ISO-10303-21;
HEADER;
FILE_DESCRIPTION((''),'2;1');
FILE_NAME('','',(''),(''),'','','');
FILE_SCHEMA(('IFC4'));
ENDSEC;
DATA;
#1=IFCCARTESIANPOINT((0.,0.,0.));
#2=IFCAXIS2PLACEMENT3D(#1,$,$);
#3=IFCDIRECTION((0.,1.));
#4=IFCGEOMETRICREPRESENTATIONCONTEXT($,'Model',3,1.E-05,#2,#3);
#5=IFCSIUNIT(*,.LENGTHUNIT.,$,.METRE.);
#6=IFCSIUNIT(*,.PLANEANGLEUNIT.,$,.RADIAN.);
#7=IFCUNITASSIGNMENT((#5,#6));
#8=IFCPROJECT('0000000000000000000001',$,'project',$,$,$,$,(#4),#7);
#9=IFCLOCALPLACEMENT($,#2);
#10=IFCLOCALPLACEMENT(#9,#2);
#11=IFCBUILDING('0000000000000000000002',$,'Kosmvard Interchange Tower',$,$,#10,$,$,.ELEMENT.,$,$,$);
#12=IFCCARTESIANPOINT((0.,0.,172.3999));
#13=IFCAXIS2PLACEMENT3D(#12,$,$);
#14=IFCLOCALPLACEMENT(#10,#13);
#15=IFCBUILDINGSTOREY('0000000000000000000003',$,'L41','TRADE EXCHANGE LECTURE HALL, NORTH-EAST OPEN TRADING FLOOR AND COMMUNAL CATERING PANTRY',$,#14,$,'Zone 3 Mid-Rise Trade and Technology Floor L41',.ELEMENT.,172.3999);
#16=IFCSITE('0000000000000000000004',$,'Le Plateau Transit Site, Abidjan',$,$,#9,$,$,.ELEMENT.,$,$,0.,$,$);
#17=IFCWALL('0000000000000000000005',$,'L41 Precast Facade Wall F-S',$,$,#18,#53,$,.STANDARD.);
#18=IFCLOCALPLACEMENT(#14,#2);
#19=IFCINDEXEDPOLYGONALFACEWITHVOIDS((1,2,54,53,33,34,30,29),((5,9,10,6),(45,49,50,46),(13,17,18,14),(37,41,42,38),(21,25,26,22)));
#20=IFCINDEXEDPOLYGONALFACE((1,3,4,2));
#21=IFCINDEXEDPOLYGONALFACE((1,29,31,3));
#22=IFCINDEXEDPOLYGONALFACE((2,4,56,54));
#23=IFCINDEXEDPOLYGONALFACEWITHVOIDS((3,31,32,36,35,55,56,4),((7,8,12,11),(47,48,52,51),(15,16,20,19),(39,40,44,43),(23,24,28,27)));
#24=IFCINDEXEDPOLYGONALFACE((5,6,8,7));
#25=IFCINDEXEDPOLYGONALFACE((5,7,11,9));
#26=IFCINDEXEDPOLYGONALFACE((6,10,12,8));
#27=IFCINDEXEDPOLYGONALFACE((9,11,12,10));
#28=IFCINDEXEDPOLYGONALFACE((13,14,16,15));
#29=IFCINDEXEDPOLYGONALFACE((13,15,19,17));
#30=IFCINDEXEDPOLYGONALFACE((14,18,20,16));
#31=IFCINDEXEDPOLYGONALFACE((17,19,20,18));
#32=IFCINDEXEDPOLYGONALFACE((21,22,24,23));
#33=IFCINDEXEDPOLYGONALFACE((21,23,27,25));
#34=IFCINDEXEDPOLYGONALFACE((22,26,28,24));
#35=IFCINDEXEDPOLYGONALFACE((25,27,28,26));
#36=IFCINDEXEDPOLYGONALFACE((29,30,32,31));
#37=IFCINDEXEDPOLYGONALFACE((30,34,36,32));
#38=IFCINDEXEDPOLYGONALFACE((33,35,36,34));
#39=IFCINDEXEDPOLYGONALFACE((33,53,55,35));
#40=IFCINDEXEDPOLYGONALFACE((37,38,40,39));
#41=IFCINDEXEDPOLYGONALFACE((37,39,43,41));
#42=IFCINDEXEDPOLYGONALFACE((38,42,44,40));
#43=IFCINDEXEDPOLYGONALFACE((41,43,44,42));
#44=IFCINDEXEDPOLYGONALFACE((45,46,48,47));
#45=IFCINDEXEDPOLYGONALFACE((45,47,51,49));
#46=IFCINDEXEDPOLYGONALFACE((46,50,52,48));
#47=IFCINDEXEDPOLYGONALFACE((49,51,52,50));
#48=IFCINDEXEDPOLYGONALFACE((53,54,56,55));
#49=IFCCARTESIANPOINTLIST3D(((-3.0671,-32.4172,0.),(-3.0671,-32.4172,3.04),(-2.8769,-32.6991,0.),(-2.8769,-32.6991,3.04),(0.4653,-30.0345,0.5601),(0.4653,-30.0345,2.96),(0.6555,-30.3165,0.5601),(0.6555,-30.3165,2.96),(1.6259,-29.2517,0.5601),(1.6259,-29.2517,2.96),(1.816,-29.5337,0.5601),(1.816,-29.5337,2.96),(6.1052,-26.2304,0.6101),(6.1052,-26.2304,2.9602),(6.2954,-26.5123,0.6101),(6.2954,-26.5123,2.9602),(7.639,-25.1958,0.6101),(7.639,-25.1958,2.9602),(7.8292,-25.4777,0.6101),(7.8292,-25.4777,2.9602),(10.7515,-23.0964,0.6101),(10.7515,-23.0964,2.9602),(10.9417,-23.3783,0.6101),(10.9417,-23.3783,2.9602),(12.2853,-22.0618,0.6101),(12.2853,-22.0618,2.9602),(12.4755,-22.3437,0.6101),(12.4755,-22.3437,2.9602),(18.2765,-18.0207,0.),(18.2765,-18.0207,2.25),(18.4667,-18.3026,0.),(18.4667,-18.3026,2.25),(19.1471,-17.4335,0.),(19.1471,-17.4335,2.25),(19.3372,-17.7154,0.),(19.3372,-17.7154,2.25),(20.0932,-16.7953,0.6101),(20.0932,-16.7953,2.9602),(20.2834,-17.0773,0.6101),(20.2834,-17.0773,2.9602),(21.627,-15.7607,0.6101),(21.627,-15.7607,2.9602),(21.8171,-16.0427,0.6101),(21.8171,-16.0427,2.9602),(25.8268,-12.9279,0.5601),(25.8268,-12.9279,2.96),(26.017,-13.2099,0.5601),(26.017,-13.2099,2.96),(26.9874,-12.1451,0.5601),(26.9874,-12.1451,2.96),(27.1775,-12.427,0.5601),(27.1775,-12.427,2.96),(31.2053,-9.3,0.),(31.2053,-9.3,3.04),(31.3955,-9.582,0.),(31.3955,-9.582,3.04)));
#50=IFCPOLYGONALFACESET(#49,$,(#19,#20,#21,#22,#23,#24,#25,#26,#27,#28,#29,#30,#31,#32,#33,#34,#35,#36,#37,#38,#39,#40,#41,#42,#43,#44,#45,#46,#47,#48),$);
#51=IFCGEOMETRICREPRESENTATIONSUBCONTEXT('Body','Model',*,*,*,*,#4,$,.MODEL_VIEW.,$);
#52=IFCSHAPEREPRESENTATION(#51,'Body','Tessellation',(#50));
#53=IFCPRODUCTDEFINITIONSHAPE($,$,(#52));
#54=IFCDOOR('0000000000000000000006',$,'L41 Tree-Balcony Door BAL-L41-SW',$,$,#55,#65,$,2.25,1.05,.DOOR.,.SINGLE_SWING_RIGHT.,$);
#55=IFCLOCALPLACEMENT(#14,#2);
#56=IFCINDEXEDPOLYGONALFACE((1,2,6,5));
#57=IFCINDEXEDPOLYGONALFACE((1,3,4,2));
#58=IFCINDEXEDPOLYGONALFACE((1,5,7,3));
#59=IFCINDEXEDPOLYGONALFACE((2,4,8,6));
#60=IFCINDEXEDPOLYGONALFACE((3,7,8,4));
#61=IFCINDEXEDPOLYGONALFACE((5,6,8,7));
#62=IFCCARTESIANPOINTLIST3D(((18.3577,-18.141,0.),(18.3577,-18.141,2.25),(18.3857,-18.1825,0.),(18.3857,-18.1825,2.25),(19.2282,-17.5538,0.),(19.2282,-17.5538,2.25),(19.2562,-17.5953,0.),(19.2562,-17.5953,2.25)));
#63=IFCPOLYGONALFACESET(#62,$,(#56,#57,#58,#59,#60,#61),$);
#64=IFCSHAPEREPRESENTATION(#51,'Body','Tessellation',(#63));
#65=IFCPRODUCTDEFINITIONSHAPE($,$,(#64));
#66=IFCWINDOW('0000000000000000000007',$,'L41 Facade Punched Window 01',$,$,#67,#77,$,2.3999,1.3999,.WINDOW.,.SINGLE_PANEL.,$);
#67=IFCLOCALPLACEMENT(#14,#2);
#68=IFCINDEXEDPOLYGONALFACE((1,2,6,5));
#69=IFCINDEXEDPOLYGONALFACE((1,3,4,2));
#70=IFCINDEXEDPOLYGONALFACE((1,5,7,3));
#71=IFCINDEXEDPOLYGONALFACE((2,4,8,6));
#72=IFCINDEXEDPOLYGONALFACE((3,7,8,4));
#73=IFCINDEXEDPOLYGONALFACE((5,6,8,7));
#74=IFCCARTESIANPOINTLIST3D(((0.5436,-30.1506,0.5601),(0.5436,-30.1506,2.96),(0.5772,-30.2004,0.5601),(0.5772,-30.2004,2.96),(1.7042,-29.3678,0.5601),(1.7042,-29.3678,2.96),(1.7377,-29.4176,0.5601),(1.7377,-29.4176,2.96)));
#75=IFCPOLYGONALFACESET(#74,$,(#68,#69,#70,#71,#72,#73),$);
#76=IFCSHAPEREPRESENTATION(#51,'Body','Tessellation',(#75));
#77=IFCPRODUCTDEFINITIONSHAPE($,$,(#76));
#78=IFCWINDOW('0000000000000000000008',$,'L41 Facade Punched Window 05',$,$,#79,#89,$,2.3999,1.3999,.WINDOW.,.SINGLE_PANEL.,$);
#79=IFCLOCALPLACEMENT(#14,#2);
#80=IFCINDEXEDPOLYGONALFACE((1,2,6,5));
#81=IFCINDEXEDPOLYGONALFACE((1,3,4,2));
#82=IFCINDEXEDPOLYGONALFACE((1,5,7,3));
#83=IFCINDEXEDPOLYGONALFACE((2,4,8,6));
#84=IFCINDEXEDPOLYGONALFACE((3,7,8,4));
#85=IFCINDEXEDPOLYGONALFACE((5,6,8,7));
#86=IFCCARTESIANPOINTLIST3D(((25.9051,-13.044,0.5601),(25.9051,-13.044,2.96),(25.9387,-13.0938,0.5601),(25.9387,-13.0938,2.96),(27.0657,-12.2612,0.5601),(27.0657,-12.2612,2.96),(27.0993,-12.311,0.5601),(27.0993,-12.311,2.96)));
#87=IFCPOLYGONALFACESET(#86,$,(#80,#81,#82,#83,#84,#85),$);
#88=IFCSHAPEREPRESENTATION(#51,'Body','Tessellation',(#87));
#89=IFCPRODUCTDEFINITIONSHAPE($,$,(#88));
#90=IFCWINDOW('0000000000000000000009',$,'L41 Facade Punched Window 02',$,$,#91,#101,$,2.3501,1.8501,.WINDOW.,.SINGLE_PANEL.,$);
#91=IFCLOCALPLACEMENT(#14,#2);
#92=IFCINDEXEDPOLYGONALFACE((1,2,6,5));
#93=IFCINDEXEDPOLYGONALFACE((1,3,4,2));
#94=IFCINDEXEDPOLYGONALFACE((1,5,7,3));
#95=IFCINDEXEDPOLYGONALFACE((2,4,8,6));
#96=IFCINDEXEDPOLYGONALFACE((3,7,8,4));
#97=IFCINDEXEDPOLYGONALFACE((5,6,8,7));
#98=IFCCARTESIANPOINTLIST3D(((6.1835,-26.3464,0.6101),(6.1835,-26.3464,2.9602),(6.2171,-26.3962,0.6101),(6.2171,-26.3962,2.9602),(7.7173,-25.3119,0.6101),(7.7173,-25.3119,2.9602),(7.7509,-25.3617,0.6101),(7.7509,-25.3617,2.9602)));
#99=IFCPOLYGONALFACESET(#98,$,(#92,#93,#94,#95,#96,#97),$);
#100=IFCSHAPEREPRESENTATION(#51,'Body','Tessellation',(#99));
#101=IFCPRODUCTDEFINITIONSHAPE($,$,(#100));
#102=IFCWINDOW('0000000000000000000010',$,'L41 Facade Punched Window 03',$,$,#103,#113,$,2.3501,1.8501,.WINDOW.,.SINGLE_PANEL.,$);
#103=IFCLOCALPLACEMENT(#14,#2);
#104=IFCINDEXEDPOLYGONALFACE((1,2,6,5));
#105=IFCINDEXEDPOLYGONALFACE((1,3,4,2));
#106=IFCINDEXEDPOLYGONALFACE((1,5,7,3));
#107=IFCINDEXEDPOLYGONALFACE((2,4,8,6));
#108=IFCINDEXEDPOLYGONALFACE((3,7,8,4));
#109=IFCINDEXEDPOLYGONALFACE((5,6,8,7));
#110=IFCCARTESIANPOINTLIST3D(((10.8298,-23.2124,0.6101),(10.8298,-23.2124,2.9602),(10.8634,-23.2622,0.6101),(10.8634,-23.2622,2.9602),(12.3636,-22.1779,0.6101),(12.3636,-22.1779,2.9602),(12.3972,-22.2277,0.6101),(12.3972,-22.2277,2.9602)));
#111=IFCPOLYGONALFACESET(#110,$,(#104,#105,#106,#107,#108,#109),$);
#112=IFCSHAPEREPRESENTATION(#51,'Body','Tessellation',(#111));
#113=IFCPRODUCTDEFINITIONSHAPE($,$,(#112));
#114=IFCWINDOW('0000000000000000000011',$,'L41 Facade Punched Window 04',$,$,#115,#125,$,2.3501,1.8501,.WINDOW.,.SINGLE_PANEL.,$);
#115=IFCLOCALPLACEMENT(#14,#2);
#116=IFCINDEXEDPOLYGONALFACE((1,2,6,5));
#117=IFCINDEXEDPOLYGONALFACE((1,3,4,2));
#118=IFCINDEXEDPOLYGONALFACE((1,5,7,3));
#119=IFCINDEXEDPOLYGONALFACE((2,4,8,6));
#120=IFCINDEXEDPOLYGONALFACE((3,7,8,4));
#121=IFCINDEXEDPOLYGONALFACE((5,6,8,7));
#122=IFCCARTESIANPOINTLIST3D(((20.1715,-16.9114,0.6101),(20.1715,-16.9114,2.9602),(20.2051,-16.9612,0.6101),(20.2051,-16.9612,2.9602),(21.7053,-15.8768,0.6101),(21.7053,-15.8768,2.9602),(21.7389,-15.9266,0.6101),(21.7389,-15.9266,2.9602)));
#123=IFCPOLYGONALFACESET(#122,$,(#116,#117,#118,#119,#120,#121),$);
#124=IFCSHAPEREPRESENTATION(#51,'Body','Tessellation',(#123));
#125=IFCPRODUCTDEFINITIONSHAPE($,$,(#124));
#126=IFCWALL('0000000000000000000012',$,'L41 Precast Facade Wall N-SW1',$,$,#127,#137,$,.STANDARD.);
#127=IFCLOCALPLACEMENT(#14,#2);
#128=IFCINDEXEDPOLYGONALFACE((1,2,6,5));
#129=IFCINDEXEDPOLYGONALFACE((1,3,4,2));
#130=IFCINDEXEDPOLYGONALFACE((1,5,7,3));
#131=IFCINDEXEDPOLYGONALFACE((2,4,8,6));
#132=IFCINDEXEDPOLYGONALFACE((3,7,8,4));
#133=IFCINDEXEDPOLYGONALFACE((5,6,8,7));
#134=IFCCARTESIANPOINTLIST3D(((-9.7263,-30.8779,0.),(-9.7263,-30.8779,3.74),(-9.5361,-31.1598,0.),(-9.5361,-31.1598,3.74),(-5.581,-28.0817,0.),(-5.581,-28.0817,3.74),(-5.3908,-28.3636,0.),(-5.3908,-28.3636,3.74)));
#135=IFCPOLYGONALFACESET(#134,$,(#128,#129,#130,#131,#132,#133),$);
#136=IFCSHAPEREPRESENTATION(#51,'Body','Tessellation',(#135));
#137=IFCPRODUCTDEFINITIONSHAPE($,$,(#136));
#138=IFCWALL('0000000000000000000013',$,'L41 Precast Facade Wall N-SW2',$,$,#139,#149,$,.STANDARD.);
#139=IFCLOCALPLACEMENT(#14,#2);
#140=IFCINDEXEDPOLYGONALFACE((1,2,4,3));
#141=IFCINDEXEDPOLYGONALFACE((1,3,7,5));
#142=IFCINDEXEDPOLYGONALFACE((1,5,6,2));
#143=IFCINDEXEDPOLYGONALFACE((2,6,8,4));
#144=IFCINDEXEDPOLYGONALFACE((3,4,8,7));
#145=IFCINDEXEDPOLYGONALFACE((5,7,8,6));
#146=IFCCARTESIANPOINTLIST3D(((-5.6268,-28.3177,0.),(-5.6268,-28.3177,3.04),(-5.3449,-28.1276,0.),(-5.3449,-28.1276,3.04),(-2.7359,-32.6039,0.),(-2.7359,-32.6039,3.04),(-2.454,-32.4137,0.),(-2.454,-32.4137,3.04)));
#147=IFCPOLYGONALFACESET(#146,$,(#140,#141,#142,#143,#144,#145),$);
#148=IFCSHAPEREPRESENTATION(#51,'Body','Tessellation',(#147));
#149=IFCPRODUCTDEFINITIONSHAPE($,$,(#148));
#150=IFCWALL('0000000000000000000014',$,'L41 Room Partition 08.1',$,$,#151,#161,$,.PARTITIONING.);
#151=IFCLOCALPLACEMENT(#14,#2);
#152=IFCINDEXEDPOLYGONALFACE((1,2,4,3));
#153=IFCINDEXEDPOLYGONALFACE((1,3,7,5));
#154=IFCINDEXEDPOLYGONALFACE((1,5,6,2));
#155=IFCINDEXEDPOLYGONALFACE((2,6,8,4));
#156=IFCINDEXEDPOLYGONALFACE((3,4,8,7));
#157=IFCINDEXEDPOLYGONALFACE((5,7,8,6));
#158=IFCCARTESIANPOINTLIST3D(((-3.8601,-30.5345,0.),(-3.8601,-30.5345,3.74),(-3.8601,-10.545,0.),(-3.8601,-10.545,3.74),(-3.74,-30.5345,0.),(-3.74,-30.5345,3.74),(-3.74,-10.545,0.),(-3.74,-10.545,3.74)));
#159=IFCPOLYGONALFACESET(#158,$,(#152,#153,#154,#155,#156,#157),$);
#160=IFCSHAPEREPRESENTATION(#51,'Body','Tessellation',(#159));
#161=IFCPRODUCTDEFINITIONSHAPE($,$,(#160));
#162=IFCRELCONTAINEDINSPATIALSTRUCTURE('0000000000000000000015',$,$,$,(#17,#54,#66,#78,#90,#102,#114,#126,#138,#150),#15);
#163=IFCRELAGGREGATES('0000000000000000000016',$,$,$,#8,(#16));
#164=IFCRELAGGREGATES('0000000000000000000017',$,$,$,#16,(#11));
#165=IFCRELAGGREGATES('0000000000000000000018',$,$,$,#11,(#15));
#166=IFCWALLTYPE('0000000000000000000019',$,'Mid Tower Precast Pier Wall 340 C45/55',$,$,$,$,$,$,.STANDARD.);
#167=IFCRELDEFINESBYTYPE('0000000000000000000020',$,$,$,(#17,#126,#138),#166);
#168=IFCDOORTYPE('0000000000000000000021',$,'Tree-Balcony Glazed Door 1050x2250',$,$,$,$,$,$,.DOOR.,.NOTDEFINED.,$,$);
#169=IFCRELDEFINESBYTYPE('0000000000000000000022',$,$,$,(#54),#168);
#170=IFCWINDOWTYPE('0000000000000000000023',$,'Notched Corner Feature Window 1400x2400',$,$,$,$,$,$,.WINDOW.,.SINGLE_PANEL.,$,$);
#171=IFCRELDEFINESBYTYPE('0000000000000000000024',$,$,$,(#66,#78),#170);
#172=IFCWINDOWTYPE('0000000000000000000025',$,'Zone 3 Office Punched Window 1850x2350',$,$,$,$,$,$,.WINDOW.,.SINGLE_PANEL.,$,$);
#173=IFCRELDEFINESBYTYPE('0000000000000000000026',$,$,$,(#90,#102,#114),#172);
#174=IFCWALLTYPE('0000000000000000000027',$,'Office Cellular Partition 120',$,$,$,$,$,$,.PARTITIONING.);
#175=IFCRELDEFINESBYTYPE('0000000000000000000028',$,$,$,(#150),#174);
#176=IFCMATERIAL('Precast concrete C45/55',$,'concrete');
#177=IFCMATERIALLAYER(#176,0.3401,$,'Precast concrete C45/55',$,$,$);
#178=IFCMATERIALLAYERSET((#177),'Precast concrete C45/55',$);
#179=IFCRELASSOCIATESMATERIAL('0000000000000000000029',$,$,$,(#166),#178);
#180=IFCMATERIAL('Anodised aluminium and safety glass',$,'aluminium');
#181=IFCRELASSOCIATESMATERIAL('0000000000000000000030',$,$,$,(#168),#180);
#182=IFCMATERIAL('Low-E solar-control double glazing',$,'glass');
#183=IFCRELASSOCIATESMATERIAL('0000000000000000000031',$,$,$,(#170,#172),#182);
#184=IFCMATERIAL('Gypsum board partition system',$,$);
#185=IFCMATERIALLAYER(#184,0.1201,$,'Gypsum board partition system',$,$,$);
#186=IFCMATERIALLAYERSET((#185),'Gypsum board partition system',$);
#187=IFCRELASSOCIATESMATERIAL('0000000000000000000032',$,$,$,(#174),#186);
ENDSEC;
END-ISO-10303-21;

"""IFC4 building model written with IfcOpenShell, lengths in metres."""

from ifc_helpers import new_model, si_unit, direction, frame, frame_2d, origin, place, context, subcontext, project, spatial, rectangle, extrude, source, transform, mapped, material, layer, layer_set, type_object, element, fill, save


model = new_model("IFC4")

# Units and contexts
model_context = context("Model", 3, precision=1e-05, world=origin(), true_north=direction((0.0, 1.0)))
body_context = subcontext(model_context, "Body", "Model", "MODEL_VIEW")
ifc_project = project(units=[si_unit("LENGTHUNIT", "METRE"), si_unit("PLANEANGLEUNIT", "RADIAN")], contexts=[model_context])

# Site, building, storey
site_placement = place(None, origin())
site = spatial("IfcSite", under=ifc_project, at=site_placement, Name="Le Plateau Transit Site, Abidjan", CompositionType="ELEMENT", RefElevation=0.0)
building_placement = place(site_placement, origin())
building = spatial("IfcBuilding", under=site, at=building_placement, Name="Kosmvard Interchange Tower", CompositionType="ELEMENT")
storey_placement = place(building_placement, frame((0.0, 0.0, 172.3999)))
storey = spatial("IfcBuildingStorey", under=building, at=storey_placement, Name="L41", Description="TRADE EXCHANGE LECTURE HALL, NORTH-EAST OPEN TRADING FLOOR AND COMMUNAL CATERING PANTRY", LongName="Zone 3 Mid-Rise Trade and Technology Floor L41", CompositionType="ELEMENT", Elevation=172.3999)

# Shared definitions
ifc_material_1 = material(Name="Precast concrete C45/55", Category="concrete")

# Wall, openings, door, windows
ifc_layer_1 = layer(ifc_material_1, 0.3401, Name="Precast concrete C45/55")
ifc_layer_set_1 = layer_set([ifc_layer_1], Name="Precast concrete C45/55")
wall_type_1 = type_object("IfcWallType", Name="Mid Tower Precast Pier Wall 340 C45/55", PredefinedType="STANDARD", material=ifc_layer_set_1)
wall_1_placement = place(storey_placement, frame((-2.9719, -32.5581, 0.0), z_axis=(0.0, 0.0, 1.0), x_axis=(0.829036, 0.559195, 0.0)))
wall_1 = element("IfcWall", 1, at=wall_1_placement, inside=storey, type_object=wall_type_1, Name="L41 Precast Facade Wall F-S", PredefinedType="STANDARD", context=body_context, shape_type="SweptSolid", body=[
    extrude(rectangle(XDim=41.3401, YDim=0.3401, at=frame_2d((20.6699, 0.0))), origin(), (0.0, 0.0, 1.0), 3.04),
])
opening_1_placement = place(wall_1_placement, frame((25.7451, 0.0, 0.0)))
opening_1 = element("IfcOpeningElement", 2, at=opening_1_placement, cuts=wall_1, PredefinedType="OPENING", context=body_context, shape_type="SweptSolid", body=[
    extrude(rectangle(XDim=1.05, YDim=2.25, at=frame_2d((0.5249, 1.125))), frame((0.0, 0.1802, 0.0), z_axis=(0.0, -1.0, 0.0), x_axis=(1.0, 0.0, 0.0)), (0.0, 0.0, 1.0), 0.3601),
])
opening_2_placement = place(wall_1_placement, frame((4.2607, 0.0, 0.5601)))
opening_2 = element("IfcOpeningElement", 3, at=opening_2_placement, cuts=wall_1, PredefinedType="OPENING", context=body_context, shape_type="SweptSolid", body=[
    extrude(rectangle(XDim=1.3999, YDim=2.3999, at=frame_2d((0.7, 1.2))), frame((0.0, 0.1802, 0.0), z_axis=(0.0, -1.0, 0.0), x_axis=(1.0, 0.0, 0.0)), (0.0, 0.0, 1.0), 0.3601),
])
opening_3_placement = place(wall_1_placement, frame((11.0637, 0.0, 0.6101)))
opening_3 = element("IfcOpeningElement", 4, at=opening_3_placement, cuts=wall_1, PredefinedType="OPENING", context=body_context, shape_type="SweptSolid", body=[
    extrude(rectangle(XDim=1.8501, YDim=2.3501, at=frame_2d((0.925, 1.175))), frame((0.0, 0.1802, 0.0), z_axis=(0.0, -1.0, 0.0), x_axis=(1.0, 0.0, 0.0)), (0.0, 0.0, 1.0), 0.3601),
])
opening_4_placement = place(wall_1_placement, frame((16.6682, 0.0, 0.6101)))
opening_4 = element("IfcOpeningElement", 5, at=opening_4_placement, cuts=wall_1, PredefinedType="OPENING", context=body_context, shape_type="SweptSolid", body=[
    extrude(rectangle(XDim=1.8501, YDim=2.3501, at=frame_2d((0.925, 1.175))), frame((0.0, 0.1802, 0.0), z_axis=(0.0, -1.0, 0.0), x_axis=(1.0, 0.0, 0.0)), (0.0, 0.0, 1.0), 0.3601),
])
opening_5_placement = place(wall_1_placement, frame((27.9363, 0.0, 0.6101)))
opening_5 = element("IfcOpeningElement", 6, at=opening_5_placement, cuts=wall_1, PredefinedType="OPENING", context=body_context, shape_type="SweptSolid", body=[
    extrude(rectangle(XDim=1.8501, YDim=2.3501, at=frame_2d((0.925, 1.175))), frame((0.0, 0.1802, 0.0), z_axis=(0.0, -1.0, 0.0), x_axis=(1.0, 0.0, 0.0)), (0.0, 0.0, 1.0), 0.3601),
])
opening_6_placement = place(wall_1_placement, frame((34.8523, 0.0, 0.5601)))
opening_6 = element("IfcOpeningElement", 7, at=opening_6_placement, cuts=wall_1, PredefinedType="OPENING", context=body_context, shape_type="SweptSolid", body=[
    extrude(rectangle(XDim=1.3999, YDim=2.3999, at=frame_2d((0.7, 1.2))), frame((0.0, 0.1802, 0.0), z_axis=(0.0, -1.0, 0.0), x_axis=(1.0, 0.0, 0.0)), (0.0, 0.0, 1.0), 0.3601),
])
ifc_material_2 = material(Name="Anodised aluminium and safety glass", Category="aluminium")
door_type = type_object("IfcDoorType", Name="Tree-Balcony Glazed Door 1050x2250", OperationType="NOTDEFINED", PredefinedType="DOOR", material=ifc_material_2)
shared_shape_1 = source(origin(), body_context, "Body", "SweptSolid", [
    extrude(rectangle(XDim=1.05, YDim=2.25, at=frame_2d((0.5249, 1.125))), frame((0.0, 0.0249, 0.0), z_axis=(0.0, -1.0, 0.0), x_axis=(1.0, 0.0, 0.0)), (0.0, 0.0, 1.0), 0.05),
])
door_placement = place(opening_1_placement, origin())
door = element("IfcDoor", 8, at=door_placement, inside=storey, type_object=door_type, Name="L41 Tree-Balcony Door BAL-L41-SW", OperationType="SINGLE_SWING_RIGHT", OverallHeight=2.25, OverallWidth=1.05, PredefinedType="DOOR", context=body_context, shape_type="MappedRepresentation", body=[
    mapped(shared_shape_1, transform((0.0, 0.0, 0.0), scale=1.0)),
])
fill(opening_1, door)
ifc_material_3 = material(Name="Low-E solar-control double glazing", Category="glass")
window_type_1 = type_object("IfcWindowType", Name="Notched Corner Feature Window 1400x2400", PartitioningType="SINGLE_PANEL", PredefinedType="WINDOW", material=ifc_material_3)
shared_shape_2 = source(origin(), body_context, "Body", "SweptSolid", [
    extrude(rectangle(XDim=1.3999, YDim=2.3999, at=frame_2d((0.7, 1.2))), frame((0.0, 0.03, 0.0), z_axis=(0.0, -1.0, 0.0), x_axis=(1.0, 0.0, 0.0)), (0.0, 0.0, 1.0), 0.0601),
])
window_1_placement = place(opening_2_placement, origin())
window_1 = element("IfcWindow", 9, at=window_1_placement, inside=storey, type_object=window_type_1, Name="L41 Facade Punched Window 01", OverallHeight=2.3999, OverallWidth=1.3999, PartitioningType="SINGLE_PANEL", PredefinedType="WINDOW", context=body_context, shape_type="MappedRepresentation", body=[
    mapped(shared_shape_2, transform((0.0, 0.0, 0.0), scale=1.0)),
])
fill(opening_2, window_1)
window_2_placement = place(opening_6_placement, origin())
window_2 = element("IfcWindow", 10, at=window_2_placement, inside=storey, type_object=window_type_1, Name="L41 Facade Punched Window 05", OverallHeight=2.3999, OverallWidth=1.3999, PartitioningType="SINGLE_PANEL", PredefinedType="WINDOW", context=body_context, shape_type="MappedRepresentation", body=[
    mapped(shared_shape_2, transform((0.0, 0.0, 0.0), scale=1.0)),
])
fill(opening_6, window_2)
window_type_2 = type_object("IfcWindowType", Name="Zone 3 Office Punched Window 1850x2350", PartitioningType="SINGLE_PANEL", PredefinedType="WINDOW", material=ifc_material_3)
shared_shape_3 = source(origin(), body_context, "Body", "SweptSolid", [
    extrude(rectangle(XDim=1.8501, YDim=2.3501, at=frame_2d((0.925, 1.175))), frame((0.0, 0.03, 0.0), z_axis=(0.0, -1.0, 0.0), x_axis=(1.0, 0.0, 0.0)), (0.0, 0.0, 1.0), 0.0601),
])
window_3_placement = place(opening_3_placement, origin())
window_3 = element("IfcWindow", 11, at=window_3_placement, inside=storey, type_object=window_type_2, Name="L41 Facade Punched Window 02", OverallHeight=2.3501, OverallWidth=1.8501, PartitioningType="SINGLE_PANEL", PredefinedType="WINDOW", context=body_context, shape_type="MappedRepresentation", body=[
    mapped(shared_shape_3, transform((0.0, 0.0, 0.0), scale=1.0)),
])
fill(opening_3, window_3)
window_4_placement = place(opening_4_placement, origin())
window_4 = element("IfcWindow", 12, at=window_4_placement, inside=storey, type_object=window_type_2, Name="L41 Facade Punched Window 03", OverallHeight=2.3501, OverallWidth=1.8501, PartitioningType="SINGLE_PANEL", PredefinedType="WINDOW", context=body_context, shape_type="MappedRepresentation", body=[
    mapped(shared_shape_3, transform((0.0, 0.0, 0.0), scale=1.0)),
])
fill(opening_4, window_4)
window_5_placement = place(opening_5_placement, origin())
window_5 = element("IfcWindow", 13, at=window_5_placement, inside=storey, type_object=window_type_2, Name="L41 Facade Punched Window 04", OverallHeight=2.3501, OverallWidth=1.8501, PartitioningType="SINGLE_PANEL", PredefinedType="WINDOW", context=body_context, shape_type="MappedRepresentation", body=[
    mapped(shared_shape_3, transform((0.0, 0.0, 0.0), scale=1.0)),
])
fill(opening_5, window_5)

# Walls
wall_2_placement = place(storey_placement, frame((-9.6311, -31.0188, 0.0), z_axis=(0.0, 0.0, 1.0), x_axis=(0.829026, 0.55921, 0.0)))
element("IfcWall", 14, at=wall_2_placement, inside=storey, type_object=wall_type_1, Name="L41 Precast Facade Wall N-SW1", PredefinedType="STANDARD", context=body_context, shape_type="SweptSolid", body=[
    extrude(rectangle(XDim=5.0002, YDim=0.3401, at=frame_2d((2.5, 0.0))), origin(), (0.0, 0.0, 1.0), 3.74),
])
wall_3_placement = place(storey_placement, frame((-5.4858, -28.2227, 0.0), z_axis=(0.0, 0.0, 1.0), x_axis=(0.559171, -0.829052, 0.0)))
element("IfcWall", 15, at=wall_3_placement, inside=storey, type_object=wall_type_1, Name="L41 Precast Facade Wall N-SW2", PredefinedType="STANDARD", context=body_context, shape_type="SweptSolid", body=[
    extrude(rectangle(XDim=5.1699, YDim=0.3401, at=frame_2d((2.585, 0.0))), origin(), (0.0, 0.0, 1.0), 3.04),
])
ifc_material_4 = material(Name="Gypsum board partition system")
ifc_layer_2 = layer(ifc_material_4, 0.1201, Name="Gypsum board partition system")
ifc_layer_set_2 = layer_set([ifc_layer_2], Name="Gypsum board partition system")
wall_type_2 = type_object("IfcWallType", Name="Office Cellular Partition 120", PredefinedType="PARTITIONING", material=ifc_layer_set_2)
wall_4_placement = place(storey_placement, frame((-3.8, -30.5344, 0.0), z_axis=(0.0, 0.0, 1.0), x_axis=(0.0, 1.0, 0.0)))
element("IfcWall", 16, at=wall_4_placement, inside=storey, type_object=wall_type_2, Name="L41 Room Partition 08.1", PredefinedType="PARTITIONING", context=body_context, shape_type="SweptSolid", body=[
    extrude(rectangle(XDim=19.9895, YDim=0.1201, at=frame_2d((9.9946, 0.0))), origin(), (0.0, 0.0, 1.0), 3.74),
])

save(model, "model.ifc")
